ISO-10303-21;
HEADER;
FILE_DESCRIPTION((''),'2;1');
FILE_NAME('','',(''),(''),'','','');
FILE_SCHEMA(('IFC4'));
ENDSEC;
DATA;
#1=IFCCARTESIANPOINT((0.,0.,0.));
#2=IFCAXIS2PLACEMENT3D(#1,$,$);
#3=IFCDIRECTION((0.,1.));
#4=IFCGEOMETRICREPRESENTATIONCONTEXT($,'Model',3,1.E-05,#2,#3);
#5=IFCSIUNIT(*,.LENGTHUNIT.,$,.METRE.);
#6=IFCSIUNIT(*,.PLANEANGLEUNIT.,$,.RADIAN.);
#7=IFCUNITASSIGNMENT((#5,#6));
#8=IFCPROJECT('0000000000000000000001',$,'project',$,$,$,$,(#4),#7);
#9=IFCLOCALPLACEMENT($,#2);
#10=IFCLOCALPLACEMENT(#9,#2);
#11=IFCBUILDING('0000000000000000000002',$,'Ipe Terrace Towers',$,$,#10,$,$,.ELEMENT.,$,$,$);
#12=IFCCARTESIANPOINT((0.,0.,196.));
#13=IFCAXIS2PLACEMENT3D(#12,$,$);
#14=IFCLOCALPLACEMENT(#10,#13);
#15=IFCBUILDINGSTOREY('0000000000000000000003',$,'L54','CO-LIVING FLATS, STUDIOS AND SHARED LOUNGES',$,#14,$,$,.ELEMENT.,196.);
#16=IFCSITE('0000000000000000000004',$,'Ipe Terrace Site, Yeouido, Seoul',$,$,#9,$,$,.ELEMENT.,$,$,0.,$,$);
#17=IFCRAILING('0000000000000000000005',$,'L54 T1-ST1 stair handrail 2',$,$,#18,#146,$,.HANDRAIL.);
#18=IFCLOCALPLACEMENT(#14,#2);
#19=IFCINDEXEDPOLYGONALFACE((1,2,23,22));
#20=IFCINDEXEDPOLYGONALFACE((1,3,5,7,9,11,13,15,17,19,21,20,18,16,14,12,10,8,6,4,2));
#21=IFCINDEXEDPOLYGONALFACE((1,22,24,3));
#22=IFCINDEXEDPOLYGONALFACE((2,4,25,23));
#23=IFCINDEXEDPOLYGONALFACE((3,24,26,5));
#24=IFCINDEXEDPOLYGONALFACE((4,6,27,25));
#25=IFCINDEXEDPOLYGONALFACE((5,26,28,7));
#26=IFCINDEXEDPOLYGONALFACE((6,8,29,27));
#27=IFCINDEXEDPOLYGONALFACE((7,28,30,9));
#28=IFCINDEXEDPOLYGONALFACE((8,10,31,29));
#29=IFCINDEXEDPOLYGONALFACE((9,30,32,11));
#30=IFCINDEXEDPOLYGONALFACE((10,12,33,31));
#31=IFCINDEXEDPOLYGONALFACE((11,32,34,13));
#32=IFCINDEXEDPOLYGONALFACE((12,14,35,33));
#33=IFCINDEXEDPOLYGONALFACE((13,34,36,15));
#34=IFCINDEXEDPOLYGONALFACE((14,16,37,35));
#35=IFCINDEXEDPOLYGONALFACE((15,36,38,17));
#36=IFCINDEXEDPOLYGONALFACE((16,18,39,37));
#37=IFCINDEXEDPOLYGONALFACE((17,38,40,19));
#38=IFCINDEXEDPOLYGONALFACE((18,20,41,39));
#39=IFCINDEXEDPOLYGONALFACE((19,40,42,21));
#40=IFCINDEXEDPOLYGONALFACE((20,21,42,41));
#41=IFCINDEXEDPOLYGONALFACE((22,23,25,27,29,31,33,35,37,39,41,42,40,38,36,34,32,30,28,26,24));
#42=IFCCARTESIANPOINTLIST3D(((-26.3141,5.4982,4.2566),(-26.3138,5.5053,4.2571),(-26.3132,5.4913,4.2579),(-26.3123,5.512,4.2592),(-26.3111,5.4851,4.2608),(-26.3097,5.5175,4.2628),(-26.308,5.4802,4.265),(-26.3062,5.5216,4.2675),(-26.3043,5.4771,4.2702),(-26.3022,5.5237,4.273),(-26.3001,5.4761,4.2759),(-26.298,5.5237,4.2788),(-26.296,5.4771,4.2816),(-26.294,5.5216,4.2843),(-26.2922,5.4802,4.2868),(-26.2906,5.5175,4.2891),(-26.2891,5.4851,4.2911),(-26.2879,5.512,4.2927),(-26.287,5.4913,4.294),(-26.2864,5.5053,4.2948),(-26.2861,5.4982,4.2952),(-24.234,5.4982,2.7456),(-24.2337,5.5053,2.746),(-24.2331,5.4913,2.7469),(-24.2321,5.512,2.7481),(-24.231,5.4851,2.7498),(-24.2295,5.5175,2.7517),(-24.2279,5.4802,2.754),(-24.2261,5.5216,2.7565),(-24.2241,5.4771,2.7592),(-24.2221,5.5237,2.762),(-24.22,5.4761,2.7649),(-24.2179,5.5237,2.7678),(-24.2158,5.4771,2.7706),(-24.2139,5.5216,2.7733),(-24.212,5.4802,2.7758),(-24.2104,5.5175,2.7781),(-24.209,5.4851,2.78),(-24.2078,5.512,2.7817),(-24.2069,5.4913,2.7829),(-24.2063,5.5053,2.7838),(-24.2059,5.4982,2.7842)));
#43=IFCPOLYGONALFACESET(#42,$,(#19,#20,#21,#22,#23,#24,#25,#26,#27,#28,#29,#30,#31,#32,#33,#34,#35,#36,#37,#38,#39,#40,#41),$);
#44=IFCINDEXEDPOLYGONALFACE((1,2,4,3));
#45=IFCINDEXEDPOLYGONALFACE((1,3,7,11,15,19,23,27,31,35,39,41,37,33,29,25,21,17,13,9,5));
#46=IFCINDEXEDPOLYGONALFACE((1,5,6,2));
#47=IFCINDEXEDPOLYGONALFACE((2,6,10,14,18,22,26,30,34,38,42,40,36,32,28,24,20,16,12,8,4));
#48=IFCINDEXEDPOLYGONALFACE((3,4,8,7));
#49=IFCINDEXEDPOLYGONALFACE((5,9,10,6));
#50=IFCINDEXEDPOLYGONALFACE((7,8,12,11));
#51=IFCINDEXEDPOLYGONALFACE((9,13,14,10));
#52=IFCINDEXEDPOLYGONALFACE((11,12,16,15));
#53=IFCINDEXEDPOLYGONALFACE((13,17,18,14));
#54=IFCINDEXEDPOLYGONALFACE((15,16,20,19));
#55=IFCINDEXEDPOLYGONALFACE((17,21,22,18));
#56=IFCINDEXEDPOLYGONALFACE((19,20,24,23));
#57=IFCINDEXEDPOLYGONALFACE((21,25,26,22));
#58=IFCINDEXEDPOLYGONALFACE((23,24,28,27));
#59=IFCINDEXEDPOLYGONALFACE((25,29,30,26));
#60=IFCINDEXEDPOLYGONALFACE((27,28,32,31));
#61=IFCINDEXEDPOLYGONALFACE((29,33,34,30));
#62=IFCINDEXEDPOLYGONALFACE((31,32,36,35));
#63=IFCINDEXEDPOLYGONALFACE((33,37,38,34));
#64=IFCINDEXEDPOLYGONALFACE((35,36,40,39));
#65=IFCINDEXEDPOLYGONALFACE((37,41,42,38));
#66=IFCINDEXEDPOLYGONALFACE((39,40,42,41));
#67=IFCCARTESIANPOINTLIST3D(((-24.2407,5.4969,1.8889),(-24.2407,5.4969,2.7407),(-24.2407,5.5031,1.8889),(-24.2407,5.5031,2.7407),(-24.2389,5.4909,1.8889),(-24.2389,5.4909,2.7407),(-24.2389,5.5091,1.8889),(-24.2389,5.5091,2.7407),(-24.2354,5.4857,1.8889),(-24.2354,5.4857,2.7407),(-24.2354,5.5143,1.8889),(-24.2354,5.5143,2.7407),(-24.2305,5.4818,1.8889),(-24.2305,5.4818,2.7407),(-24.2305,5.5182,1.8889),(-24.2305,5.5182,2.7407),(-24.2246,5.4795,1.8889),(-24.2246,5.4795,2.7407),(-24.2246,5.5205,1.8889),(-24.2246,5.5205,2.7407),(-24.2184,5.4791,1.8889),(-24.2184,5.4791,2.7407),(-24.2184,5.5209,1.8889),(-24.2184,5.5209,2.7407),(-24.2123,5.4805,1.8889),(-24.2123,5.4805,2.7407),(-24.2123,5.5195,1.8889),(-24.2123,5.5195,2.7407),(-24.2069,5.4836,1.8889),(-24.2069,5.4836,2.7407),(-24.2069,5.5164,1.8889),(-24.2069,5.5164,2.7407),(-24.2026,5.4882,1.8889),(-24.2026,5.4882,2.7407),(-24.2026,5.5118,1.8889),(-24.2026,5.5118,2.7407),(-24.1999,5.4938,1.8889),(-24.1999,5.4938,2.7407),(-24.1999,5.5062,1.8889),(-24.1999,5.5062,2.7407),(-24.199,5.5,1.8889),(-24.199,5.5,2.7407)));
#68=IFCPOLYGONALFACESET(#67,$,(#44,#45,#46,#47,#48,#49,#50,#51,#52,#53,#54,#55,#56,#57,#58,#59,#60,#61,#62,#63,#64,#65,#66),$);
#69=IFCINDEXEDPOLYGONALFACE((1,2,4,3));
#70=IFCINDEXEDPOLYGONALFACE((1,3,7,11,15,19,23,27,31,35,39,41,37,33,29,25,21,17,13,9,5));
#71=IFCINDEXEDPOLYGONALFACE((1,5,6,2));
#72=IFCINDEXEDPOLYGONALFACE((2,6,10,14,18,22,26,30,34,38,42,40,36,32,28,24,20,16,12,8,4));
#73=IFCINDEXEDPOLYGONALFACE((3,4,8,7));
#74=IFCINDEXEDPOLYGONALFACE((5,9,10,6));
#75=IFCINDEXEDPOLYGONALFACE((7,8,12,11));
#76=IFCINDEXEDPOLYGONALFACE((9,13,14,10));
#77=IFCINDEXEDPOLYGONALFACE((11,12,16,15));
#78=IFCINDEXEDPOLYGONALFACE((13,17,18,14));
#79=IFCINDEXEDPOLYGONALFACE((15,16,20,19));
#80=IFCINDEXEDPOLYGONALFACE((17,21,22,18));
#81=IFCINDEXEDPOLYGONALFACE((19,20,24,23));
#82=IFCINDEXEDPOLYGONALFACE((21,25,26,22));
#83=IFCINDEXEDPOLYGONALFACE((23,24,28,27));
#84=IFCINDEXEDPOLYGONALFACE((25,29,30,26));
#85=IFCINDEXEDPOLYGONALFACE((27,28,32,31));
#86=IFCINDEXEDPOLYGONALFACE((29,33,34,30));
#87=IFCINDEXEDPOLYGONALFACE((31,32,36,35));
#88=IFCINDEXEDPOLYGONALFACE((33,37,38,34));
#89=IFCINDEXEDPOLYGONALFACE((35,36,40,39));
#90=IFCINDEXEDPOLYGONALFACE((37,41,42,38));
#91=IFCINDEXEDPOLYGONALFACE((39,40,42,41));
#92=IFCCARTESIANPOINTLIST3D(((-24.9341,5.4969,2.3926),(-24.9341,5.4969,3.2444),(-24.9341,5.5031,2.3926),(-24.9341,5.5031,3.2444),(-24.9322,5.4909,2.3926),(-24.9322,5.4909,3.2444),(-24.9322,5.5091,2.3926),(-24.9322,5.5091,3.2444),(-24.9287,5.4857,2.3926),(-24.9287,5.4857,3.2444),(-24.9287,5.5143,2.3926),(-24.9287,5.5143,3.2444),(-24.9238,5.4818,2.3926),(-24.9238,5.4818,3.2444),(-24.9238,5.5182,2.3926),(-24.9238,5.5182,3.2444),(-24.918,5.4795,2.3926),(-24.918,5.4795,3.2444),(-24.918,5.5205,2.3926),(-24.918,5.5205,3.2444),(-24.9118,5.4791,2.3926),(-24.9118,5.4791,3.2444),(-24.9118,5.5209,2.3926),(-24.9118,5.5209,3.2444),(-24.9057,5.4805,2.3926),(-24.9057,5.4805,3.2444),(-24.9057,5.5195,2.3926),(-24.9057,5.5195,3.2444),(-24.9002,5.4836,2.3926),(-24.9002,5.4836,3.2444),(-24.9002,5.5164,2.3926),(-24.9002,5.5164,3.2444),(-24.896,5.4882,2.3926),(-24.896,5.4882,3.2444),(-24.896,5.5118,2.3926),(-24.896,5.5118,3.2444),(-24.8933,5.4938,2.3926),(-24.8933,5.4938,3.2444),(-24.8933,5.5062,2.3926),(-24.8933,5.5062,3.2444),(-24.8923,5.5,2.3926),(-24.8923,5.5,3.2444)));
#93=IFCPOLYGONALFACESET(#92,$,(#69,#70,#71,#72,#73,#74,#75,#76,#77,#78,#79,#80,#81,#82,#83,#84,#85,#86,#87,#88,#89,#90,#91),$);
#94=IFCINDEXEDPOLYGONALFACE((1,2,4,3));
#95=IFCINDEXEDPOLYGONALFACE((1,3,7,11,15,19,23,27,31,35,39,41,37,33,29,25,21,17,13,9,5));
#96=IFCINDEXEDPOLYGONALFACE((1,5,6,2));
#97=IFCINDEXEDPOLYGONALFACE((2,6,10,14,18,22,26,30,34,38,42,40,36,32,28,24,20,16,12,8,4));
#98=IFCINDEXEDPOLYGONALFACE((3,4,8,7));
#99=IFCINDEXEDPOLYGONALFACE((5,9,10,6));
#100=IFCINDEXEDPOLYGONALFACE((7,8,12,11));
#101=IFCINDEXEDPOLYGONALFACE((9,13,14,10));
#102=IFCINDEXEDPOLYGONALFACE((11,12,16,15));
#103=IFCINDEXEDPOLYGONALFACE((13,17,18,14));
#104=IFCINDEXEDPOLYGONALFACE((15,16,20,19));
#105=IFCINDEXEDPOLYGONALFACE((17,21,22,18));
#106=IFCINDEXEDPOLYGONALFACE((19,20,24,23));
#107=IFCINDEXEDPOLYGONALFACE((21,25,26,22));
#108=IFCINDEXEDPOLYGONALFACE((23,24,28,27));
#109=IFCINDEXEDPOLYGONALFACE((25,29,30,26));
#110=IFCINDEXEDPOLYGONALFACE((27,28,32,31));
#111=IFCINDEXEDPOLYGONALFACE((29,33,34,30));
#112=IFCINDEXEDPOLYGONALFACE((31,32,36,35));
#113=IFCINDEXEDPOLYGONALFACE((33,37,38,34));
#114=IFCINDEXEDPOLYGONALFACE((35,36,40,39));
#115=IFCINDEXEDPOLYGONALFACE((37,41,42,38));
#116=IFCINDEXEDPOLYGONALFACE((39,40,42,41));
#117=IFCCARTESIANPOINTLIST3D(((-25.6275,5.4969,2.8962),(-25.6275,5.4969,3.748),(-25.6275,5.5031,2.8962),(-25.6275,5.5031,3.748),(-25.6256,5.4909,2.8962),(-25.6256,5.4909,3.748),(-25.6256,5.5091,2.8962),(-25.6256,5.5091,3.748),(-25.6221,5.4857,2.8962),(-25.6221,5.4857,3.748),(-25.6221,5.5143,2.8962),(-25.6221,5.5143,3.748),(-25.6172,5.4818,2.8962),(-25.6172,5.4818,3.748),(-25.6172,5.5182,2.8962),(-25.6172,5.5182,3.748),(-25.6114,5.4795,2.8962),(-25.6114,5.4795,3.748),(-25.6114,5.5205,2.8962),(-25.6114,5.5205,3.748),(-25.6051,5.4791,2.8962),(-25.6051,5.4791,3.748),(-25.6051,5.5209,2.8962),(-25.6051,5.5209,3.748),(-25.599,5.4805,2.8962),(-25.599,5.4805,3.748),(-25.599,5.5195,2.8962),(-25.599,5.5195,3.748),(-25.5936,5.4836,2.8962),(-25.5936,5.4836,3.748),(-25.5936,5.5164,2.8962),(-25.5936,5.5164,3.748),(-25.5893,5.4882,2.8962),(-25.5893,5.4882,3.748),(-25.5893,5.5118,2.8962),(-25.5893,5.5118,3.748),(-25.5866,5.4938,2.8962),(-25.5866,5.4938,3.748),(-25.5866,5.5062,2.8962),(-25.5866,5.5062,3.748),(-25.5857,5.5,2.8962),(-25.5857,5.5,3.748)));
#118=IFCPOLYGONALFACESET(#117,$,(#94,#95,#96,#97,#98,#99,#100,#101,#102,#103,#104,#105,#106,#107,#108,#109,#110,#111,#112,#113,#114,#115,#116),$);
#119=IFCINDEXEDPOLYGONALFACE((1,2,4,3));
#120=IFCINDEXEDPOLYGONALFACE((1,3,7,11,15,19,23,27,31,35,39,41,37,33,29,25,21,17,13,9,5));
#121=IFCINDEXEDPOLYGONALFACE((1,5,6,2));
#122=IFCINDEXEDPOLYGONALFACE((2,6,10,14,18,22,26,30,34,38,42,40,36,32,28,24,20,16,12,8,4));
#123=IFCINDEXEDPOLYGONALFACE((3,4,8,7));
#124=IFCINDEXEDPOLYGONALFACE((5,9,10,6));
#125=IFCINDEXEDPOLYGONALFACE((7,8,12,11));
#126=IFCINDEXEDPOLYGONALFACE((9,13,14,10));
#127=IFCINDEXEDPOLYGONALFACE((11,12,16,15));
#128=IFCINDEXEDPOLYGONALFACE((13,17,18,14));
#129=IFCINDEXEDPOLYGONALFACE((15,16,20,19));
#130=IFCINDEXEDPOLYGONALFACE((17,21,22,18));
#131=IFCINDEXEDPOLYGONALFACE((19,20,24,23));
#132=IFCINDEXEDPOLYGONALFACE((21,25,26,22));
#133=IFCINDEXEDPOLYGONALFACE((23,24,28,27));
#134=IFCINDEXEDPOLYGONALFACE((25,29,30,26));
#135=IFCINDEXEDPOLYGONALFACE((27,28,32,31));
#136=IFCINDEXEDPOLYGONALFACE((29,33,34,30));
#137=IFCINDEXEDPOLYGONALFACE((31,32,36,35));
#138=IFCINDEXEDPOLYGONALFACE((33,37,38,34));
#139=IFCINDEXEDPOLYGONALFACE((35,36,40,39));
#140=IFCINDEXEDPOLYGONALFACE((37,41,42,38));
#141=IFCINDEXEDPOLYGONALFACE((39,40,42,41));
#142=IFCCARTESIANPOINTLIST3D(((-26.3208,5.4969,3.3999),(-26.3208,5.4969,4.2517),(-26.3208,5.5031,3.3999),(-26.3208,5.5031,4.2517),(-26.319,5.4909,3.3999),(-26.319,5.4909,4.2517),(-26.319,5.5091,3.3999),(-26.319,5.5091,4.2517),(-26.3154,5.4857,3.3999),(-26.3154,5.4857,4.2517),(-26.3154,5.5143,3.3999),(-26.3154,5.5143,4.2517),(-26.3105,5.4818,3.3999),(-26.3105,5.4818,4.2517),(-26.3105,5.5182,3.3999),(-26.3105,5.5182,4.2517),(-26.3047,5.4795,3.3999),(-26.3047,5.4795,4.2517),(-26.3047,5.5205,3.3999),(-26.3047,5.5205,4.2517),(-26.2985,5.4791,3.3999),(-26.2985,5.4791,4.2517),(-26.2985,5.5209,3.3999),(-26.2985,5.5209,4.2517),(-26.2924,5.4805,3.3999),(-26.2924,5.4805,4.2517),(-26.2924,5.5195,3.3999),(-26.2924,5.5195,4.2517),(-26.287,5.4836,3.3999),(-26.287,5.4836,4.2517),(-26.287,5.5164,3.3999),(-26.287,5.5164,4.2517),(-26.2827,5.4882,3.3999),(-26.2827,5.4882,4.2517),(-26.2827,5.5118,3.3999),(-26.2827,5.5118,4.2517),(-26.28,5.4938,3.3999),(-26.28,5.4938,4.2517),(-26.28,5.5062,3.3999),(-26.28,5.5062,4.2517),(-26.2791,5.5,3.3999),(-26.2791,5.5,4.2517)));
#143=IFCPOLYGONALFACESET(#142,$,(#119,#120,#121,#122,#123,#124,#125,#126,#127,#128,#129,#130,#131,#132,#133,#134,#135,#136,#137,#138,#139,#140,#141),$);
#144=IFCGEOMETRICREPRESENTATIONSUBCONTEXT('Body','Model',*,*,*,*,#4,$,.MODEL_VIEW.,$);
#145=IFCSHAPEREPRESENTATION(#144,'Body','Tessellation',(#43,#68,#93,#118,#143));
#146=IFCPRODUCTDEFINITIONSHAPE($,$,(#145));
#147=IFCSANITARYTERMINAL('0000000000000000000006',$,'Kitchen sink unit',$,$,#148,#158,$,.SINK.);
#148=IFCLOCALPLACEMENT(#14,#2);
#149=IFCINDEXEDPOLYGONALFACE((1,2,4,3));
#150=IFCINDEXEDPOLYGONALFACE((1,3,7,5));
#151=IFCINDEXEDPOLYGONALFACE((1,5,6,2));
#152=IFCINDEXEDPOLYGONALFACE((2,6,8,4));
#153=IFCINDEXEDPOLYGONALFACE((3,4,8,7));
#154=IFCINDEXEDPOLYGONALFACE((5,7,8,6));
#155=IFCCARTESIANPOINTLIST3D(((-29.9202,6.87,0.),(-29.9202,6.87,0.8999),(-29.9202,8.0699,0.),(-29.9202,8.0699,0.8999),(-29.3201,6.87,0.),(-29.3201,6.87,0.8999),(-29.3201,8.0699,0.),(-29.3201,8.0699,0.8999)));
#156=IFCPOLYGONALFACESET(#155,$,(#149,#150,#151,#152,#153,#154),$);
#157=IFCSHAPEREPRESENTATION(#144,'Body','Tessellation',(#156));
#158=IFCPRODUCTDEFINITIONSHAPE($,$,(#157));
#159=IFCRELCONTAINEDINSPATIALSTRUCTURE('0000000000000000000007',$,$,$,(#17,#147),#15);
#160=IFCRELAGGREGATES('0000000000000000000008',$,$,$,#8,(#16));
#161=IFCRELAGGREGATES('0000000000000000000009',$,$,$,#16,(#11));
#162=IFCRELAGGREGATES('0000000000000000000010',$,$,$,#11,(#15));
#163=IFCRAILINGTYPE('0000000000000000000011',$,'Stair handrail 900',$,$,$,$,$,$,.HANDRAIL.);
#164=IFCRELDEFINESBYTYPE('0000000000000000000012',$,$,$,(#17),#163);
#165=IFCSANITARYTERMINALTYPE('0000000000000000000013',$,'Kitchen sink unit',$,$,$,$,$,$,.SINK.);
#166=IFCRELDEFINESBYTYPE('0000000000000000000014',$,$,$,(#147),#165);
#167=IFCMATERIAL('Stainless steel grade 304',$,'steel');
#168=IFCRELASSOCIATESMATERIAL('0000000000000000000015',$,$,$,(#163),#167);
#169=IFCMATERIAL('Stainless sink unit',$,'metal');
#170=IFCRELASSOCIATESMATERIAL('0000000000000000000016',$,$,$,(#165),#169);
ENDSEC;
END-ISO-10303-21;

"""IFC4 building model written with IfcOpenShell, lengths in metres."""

from ifc_helpers import new_model, si_unit, direction, frame, origin, origin_2d, place, context, subcontext, project, spatial, rectangle, circle, extrude, material, type_object, element, save


model = new_model("IFC4")

# Units and contexts
model_context = context("Model", 3, precision=1e-05, world=origin(), true_north=direction((0.0, 1.0)))
body_context = subcontext(model_context, "Body", "Model", "MODEL_VIEW")
ifc_project = project(units=[si_unit("LENGTHUNIT", "METRE"), si_unit("PLANEANGLEUNIT", "RADIAN")], contexts=[model_context])

# Site, building, storey
site_placement = place(None, origin())
site = spatial("IfcSite", under=ifc_project, at=site_placement, Name="Ipe Terrace Site, Yeouido, Seoul", CompositionType="ELEMENT", RefElevation=0.0)
building_placement = place(site_placement, origin())
building = spatial("IfcBuilding", under=site, at=building_placement, Name="Ipe Terrace Towers", CompositionType="ELEMENT")
storey_placement = place(building_placement, frame((0.0, 0.0, 196.0)))
storey = spatial("IfcBuildingStorey", under=building, at=storey_placement, Name="L54", Description="CO-LIVING FLATS, STUDIOS AND SHARED LOUNGES", CompositionType="ELEMENT", Elevation=196.0)

# Railing
ifc_material_1 = material(Name="Stainless steel grade 304", Category="steel")
railing_type_1 = type_object("IfcRailingType", Name="Stair handrail 900", PredefinedType="HANDRAIL", material=ifc_material_1)
railing_1_placement = place(storey_placement, frame((-24.22, 5.5, 1.8889)))
element("IfcRailing", 1, at=railing_1_placement, inside=storey, type_object=railing_type_1, Name="L54 T1-ST1 stair handrail 2", PredefinedType="HANDRAIL", context=body_context, shape_type="SweptSolid", body=[
    extrude(circle(Radius=0.0239, at=origin_2d()), frame((0.0, 0.0, 0.876), z_axis=(-0.809069, 0.0, 0.587714), x_axis=(0.0, -1.0, 0.0)), (0.0, 0.0, 1.0), 2.571),
    extrude(circle(Radius=0.021, at=origin_2d()), origin(), (0.0, 0.0, 1.0), 0.8518),
    extrude(circle(Radius=0.021, at=origin_2d()), frame((-0.6934, 0.0, 0.5037)), (0.0, 0.0, 1.0), 0.8518),
    extrude(circle(Radius=0.021, at=origin_2d()), frame((-1.3867, 0.0, 1.0073)), (0.0, 0.0, 1.0), 0.8518),
    extrude(circle(Radius=0.021, at=origin_2d()), frame((-2.0801, 0.0, 1.511)), (0.0, 0.0, 1.0), 0.8518),
])

# Sanitary terminal
ifc_material_2 = material(Name="Stainless sink unit", Category="metal")
sanitary_terminal_type = type_object("IfcSanitaryTerminalType", Name="Kitchen sink unit", PredefinedType="SINK", material=ifc_material_2)
sanitary_terminal_placement = place(storey_placement, frame((-29.6201, 7.47, 0.0), z_axis=(0.0, 0.0, 1.0), x_axis=(0.0, -1.0, 0.0)))
element("IfcSanitaryTerminal", 2, at=sanitary_terminal_placement, inside=storey, type_object=sanitary_terminal_type, Name="Kitchen sink unit", PredefinedType="SINK", context=body_context, shape_type="SweptSolid", body=[
    extrude(rectangle(XDim=1.2, YDim=0.6001, at=origin_2d()), origin(), (0.0, 0.0, 1.0), 0.8999),
])

save(model, "model.ifc")
